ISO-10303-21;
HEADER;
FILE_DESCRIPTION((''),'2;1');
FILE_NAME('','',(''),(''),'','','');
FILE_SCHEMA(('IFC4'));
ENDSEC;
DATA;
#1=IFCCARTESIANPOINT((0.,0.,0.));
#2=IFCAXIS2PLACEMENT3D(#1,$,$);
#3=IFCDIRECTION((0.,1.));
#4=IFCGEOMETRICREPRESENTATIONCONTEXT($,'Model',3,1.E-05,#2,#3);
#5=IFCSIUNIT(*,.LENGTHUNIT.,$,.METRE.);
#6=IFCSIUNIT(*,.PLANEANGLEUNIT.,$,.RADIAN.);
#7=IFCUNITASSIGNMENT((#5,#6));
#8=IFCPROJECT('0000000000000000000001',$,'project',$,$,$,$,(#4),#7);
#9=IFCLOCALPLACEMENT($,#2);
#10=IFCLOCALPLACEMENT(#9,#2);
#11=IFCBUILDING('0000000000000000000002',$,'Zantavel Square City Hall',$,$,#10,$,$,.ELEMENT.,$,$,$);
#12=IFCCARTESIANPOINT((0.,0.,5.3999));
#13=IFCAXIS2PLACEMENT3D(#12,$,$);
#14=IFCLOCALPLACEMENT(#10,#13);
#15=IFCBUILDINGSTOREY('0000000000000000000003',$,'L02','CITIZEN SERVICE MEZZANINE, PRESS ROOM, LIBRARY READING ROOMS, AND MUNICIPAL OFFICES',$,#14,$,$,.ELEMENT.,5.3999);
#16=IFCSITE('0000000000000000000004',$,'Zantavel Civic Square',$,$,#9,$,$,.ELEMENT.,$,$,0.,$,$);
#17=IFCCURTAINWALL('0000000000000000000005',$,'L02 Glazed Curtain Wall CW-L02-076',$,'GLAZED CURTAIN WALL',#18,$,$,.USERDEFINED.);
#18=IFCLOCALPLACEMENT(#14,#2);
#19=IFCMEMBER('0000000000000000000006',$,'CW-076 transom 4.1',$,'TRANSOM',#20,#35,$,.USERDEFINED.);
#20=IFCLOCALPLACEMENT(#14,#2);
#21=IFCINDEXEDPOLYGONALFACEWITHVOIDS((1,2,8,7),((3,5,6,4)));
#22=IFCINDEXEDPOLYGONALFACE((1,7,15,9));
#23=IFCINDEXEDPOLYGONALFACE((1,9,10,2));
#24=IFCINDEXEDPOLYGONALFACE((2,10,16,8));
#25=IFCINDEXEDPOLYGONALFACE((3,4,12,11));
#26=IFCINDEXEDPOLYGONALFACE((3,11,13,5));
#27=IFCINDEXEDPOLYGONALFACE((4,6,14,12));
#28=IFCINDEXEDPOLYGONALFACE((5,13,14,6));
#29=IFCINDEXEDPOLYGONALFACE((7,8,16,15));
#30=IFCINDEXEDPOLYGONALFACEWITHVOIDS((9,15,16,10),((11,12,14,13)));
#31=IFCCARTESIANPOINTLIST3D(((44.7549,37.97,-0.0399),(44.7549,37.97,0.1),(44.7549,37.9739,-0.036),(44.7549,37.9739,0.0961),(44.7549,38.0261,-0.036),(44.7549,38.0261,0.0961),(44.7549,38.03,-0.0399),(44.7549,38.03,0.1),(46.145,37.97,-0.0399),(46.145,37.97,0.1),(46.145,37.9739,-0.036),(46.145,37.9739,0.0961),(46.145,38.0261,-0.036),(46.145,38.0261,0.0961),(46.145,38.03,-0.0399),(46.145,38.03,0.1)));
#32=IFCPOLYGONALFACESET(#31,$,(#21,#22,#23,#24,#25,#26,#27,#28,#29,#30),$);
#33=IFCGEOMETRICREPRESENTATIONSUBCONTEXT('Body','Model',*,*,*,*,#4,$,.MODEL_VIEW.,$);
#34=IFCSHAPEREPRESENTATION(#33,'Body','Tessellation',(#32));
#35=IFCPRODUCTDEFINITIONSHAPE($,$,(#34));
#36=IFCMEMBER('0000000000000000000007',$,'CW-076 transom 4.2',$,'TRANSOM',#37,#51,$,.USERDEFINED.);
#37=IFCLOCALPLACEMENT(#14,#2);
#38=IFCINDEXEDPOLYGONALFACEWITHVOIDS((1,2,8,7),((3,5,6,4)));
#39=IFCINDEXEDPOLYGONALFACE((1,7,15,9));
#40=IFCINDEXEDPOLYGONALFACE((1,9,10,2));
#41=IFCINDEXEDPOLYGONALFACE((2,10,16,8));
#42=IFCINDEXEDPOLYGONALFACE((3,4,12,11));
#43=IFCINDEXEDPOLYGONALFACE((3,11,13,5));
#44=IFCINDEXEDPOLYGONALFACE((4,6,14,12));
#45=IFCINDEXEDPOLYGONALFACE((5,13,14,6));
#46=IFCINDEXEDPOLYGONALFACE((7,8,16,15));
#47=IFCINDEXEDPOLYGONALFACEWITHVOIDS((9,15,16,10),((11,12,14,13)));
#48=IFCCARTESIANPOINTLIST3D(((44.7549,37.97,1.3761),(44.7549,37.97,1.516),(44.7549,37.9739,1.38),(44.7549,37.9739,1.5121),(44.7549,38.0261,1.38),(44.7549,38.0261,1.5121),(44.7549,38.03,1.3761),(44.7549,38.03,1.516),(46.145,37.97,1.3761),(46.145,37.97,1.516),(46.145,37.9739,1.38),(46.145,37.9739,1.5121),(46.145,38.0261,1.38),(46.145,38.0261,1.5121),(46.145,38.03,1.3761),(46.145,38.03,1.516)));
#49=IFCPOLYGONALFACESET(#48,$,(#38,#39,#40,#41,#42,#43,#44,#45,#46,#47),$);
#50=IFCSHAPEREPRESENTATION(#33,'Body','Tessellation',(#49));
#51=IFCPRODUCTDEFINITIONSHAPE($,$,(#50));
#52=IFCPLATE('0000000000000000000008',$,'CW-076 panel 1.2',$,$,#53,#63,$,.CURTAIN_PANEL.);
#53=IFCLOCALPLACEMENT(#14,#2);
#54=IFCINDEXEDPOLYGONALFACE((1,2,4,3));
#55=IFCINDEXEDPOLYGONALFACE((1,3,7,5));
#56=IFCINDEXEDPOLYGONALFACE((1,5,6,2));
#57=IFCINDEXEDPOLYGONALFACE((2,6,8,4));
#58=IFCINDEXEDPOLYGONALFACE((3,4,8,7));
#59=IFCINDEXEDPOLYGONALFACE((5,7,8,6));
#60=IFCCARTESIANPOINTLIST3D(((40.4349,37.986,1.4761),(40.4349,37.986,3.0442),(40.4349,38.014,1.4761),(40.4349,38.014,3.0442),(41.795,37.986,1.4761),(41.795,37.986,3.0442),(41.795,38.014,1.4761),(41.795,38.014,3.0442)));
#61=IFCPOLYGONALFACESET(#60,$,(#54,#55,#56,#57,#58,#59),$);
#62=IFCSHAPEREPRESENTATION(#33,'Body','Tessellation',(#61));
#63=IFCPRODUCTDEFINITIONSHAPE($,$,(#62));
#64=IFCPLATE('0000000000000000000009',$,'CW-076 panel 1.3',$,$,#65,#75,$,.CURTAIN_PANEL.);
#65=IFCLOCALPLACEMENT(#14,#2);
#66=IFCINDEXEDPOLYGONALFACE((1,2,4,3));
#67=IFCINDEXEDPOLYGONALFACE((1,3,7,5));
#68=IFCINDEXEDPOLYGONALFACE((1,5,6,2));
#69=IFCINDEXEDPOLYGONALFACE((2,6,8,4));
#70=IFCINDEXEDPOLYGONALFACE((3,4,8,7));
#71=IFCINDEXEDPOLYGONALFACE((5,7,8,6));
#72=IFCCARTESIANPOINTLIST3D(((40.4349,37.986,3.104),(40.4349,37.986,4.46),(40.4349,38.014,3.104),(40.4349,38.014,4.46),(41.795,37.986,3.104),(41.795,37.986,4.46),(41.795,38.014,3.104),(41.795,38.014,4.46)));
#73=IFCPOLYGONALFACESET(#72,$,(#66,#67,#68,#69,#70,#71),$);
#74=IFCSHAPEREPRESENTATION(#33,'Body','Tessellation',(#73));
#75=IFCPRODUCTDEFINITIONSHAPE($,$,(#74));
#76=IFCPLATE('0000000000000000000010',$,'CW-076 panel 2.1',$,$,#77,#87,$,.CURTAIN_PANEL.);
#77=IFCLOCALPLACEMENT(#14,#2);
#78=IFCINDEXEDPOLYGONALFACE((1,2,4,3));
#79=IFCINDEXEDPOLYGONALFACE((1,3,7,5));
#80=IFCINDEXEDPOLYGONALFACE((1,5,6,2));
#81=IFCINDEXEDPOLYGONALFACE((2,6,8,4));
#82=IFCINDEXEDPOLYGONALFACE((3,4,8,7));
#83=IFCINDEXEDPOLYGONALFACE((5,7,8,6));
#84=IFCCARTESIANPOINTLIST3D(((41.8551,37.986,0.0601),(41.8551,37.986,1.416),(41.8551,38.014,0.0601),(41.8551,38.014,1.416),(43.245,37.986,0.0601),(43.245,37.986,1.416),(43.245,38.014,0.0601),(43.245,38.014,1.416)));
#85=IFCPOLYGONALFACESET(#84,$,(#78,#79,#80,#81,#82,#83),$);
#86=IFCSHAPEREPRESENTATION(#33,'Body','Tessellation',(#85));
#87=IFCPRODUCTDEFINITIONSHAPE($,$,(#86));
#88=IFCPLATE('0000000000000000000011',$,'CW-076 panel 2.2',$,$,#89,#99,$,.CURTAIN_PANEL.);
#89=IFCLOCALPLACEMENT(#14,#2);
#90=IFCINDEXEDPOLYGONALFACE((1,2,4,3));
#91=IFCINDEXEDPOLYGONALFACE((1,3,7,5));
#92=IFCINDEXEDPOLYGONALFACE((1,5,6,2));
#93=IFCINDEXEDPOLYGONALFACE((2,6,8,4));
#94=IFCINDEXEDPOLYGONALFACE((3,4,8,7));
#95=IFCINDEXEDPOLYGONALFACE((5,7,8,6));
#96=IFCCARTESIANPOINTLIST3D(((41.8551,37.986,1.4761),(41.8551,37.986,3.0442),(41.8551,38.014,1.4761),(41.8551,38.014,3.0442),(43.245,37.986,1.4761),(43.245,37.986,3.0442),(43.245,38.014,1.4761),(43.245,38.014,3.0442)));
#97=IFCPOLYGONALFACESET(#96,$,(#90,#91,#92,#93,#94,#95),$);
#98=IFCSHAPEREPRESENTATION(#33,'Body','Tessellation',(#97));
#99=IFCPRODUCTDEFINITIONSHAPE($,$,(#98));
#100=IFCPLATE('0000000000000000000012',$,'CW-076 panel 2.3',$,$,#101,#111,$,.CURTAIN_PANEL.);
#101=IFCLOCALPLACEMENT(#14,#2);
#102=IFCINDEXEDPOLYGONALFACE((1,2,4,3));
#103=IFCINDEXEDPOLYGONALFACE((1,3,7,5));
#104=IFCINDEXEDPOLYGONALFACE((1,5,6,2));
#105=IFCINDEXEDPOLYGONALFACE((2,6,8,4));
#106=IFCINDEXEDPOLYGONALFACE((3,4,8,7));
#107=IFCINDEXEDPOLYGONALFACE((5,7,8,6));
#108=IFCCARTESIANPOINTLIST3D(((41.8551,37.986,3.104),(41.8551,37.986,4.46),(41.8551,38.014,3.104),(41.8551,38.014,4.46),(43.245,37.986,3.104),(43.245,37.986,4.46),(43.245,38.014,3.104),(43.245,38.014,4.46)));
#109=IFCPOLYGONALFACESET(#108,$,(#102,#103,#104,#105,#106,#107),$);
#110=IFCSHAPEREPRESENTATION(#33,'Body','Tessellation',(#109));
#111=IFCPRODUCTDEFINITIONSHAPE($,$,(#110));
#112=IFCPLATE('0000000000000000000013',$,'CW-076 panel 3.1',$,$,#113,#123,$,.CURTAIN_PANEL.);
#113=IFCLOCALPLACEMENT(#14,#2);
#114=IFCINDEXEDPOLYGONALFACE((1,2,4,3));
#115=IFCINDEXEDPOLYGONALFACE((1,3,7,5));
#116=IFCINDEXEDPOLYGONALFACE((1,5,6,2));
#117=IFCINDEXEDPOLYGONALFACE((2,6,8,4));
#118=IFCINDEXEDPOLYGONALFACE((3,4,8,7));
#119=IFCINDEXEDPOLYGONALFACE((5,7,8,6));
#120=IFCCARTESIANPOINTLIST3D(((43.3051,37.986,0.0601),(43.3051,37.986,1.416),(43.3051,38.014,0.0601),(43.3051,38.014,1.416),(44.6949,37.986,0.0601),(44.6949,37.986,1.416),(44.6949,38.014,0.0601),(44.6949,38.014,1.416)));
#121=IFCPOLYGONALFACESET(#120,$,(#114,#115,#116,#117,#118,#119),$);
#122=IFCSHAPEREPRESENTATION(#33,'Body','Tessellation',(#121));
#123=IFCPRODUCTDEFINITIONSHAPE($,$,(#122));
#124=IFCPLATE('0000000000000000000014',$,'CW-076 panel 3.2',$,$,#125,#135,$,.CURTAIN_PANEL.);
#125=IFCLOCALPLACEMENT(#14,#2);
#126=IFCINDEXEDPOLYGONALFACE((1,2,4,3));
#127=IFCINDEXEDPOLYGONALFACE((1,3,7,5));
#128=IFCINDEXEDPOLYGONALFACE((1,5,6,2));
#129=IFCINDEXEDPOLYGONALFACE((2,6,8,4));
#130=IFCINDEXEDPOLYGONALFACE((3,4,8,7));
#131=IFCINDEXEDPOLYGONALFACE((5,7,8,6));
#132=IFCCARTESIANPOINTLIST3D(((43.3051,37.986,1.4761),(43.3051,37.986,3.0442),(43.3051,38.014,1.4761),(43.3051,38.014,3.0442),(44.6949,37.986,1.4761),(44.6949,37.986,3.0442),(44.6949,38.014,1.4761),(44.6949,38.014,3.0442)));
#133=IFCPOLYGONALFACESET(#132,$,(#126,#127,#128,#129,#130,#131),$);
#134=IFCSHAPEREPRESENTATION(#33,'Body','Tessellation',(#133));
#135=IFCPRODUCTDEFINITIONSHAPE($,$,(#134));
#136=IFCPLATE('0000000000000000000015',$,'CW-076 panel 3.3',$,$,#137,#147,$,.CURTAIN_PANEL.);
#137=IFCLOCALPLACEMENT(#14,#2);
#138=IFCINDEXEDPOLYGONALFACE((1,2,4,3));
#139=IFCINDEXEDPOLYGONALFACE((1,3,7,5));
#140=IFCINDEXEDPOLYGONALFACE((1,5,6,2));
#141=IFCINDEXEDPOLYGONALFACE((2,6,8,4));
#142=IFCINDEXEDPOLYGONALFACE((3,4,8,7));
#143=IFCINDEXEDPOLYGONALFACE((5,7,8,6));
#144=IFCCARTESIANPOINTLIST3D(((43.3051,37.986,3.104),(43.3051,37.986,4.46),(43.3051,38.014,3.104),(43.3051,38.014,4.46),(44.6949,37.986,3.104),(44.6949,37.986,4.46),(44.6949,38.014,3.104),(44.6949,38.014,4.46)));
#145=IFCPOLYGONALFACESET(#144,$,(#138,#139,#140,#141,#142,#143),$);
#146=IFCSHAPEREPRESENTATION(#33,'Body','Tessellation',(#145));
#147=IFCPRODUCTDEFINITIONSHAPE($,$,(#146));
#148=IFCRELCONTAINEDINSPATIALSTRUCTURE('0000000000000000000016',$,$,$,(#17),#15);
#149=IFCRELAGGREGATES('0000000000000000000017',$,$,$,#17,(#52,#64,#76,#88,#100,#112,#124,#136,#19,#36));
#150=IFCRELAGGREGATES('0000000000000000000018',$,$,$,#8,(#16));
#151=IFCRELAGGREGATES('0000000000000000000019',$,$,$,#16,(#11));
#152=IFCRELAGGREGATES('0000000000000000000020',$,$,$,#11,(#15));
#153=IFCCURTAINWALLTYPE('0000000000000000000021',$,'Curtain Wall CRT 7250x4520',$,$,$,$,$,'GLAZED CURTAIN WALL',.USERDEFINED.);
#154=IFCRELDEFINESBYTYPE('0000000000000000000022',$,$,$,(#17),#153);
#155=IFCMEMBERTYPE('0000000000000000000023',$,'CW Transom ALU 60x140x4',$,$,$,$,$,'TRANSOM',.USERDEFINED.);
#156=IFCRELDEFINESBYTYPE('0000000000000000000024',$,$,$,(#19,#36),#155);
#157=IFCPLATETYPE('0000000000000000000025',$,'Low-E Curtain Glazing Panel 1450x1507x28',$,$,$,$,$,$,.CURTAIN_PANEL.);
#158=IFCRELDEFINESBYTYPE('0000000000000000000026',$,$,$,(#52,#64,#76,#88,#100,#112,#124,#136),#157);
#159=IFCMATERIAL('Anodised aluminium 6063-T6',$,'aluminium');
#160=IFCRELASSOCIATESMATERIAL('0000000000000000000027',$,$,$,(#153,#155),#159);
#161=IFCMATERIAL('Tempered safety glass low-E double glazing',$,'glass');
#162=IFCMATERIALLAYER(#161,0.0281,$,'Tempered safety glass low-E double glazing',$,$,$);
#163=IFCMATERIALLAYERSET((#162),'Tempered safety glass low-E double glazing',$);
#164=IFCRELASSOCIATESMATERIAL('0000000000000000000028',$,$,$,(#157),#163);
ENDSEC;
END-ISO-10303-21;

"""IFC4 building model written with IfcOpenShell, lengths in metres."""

from ifc_helpers import new_model, si_unit, direction, frame, origin, origin_2d, place, context, subcontext, project, spatial, rectangle, hollow_rectangle, extrude, material, layer, layer_set, material_profile, profile_set, type_object, element, aggregate, save


model = new_model("IFC4")

# Units and contexts
model_context = context("Model", 3, precision=1e-05, world=origin(), true_north=direction((0.0, 1.0)))
body_context = subcontext(model_context, "Body", "Model", "MODEL_VIEW")
ifc_project = project(units=[si_unit("LENGTHUNIT", "METRE"), si_unit("PLANEANGLEUNIT", "RADIAN")], contexts=[model_context])

# Site, building, storey
site_placement = place(None, origin())
site = spatial("IfcSite", under=ifc_project, at=site_placement, Name="Zantavel Civic Square", CompositionType="ELEMENT", RefElevation=0.0)
building_placement = place(site_placement, origin())
building = spatial("IfcBuilding", under=site, at=building_placement, Name="Zantavel Square City Hall", CompositionType="ELEMENT")
storey_placement = place(building_placement, frame((0.0, 0.0, 5.3999)))
storey = spatial("IfcBuildingStorey", under=building, at=storey_placement, Name="L02", Description="CITIZEN SERVICE MEZZANINE, PRESS ROOM, LIBRARY READING ROOMS, AND MUNICIPAL OFFICES", CompositionType="ELEMENT", Elevation=5.3999)

# Curtain wall, members, plates
ifc_material_1 = material(Name="Anodised aluminium 6063-T6", Category="aluminium")
curtain_wall_type = type_object("IfcCurtainWallType", Name="Curtain Wall CRT 7250x4520", ElementType="GLAZED CURTAIN WALL", PredefinedType="USERDEFINED", material=ifc_material_1)
curtain_wall_placement = place(storey_placement, origin())
curtain_wall = element("IfcCurtainWall", 1, at=curtain_wall_placement, inside=storey, type_object=curtain_wall_type, Name="L02 Glazed Curtain Wall CW-L02-076", ObjectType="GLAZED CURTAIN WALL", PredefinedType="USERDEFINED")
ifc_material_profile_1 = material_profile(ifc_material_1, hollow_rectangle(XDim=0.0601, YDim=0.1399, WallThickness=0.0039, at=origin_2d()), Name="ALU 60x140x4")
ifc_profile_set_1 = profile_set([ifc_material_profile_1], Name="Anodised aluminium 6063-T6")
member_type_1 = type_object("IfcMemberType", Name="CW Transom ALU 60x140x4", ElementType="TRANSOM", PredefinedType="USERDEFINED", material=ifc_profile_set_1)
member_1_placement = place(storey_placement, frame((44.7549, 38.0, 0.03), z_axis=(1.0, 0.0, 0.0), x_axis=(0.0, 1.0, 0.0)))
member_1 = element("IfcMember", 2, at=member_1_placement, type_object=member_type_1, Name="CW-076 transom 4.1", ObjectType="TRANSOM", PredefinedType="USERDEFINED", context=body_context, shape_type="SweptSolid", body=[
    extrude(hollow_rectangle(XDim=0.0601, YDim=0.1399, WallThickness=0.0039, at=origin_2d()), origin(), (0.0, 0.0, 1.0), 1.3901),
])
member_2_placement = place(storey_placement, frame((44.7549, 38.0, 1.446), z_axis=(1.0, 0.0, 0.0), x_axis=(0.0, 1.0, 0.0)))
member_2 = element("IfcMember", 3, at=member_2_placement, type_object=member_type_1, Name="CW-076 transom 4.2", ObjectType="TRANSOM", PredefinedType="USERDEFINED", context=body_context, shape_type="SweptSolid", body=[
    extrude(hollow_rectangle(XDim=0.0601, YDim=0.1399, WallThickness=0.0039, at=origin_2d()), origin(), (0.0, 0.0, 1.0), 1.3901),
])
ifc_material_2 = material(Name="Tempered safety glass low-E double glazing", Category="glass")
ifc_layer = layer(ifc_material_2, 0.0281, Name="Tempered safety glass low-E double glazing")
ifc_layer_set = layer_set([ifc_layer], Name="Tempered safety glass low-E double glazing")
plate_type = type_object("IfcPlateType", Name="Low-E Curtain Glazing Panel 1450x1507x28", PredefinedType="CURTAIN_PANEL", material=ifc_layer_set)
plate_1_placement = place(storey_placement, frame((41.115, 38.0, 1.4761), z_axis=(0.0, 0.0, 1.0), x_axis=(1.0, 0.0, 0.0)))
plate_1 = element("IfcPlate", 4, at=plate_1_placement, type_object=plate_type, Name="CW-076 panel 1.2", PredefinedType="CURTAIN_PANEL", context=body_context, shape_type="SweptSolid", body=[
    extrude(rectangle(XDim=1.3601, YDim=0.0281, at=origin_2d()), origin(), (0.0, 0.0, 1.0), 1.5681),
])
plate_2_placement = place(storey_placement, frame((41.115, 38.0, 3.104), z_axis=(0.0, 0.0, 1.0), x_axis=(1.0, 0.0, 0.0)))
plate_2 = element("IfcPlate", 5, at=plate_2_placement, type_object=plate_type, Name="CW-076 panel 1.3", PredefinedType="CURTAIN_PANEL", context=body_context, shape_type="SweptSolid", body=[
    extrude(rectangle(XDim=1.3601, YDim=0.0281, at=origin_2d()), origin(), (0.0, 0.0, 1.0), 1.356),
])
plate_3_placement = place(storey_placement, frame((42.55, 38.0, 0.0601), z_axis=(0.0, 0.0, 1.0), x_axis=(1.0, 0.0, 0.0)))
plate_3 = element("IfcPlate", 6, at=plate_3_placement, type_object=plate_type, Name="CW-076 panel 2.1", PredefinedType="CURTAIN_PANEL", context=body_context, shape_type="SweptSolid", body=[
    extrude(rectangle(XDim=1.3899, YDim=0.0281, at=origin_2d()), origin(), (0.0, 0.0, 1.0), 1.356),
])
plate_4_placement = place(storey_placement, frame((42.55, 38.0, 1.4761), z_axis=(0.0, 0.0, 1.0), x_axis=(1.0, 0.0, 0.0)))
plate_4 = element("IfcPlate", 7, at=plate_4_placement, type_object=plate_type, Name="CW-076 panel 2.2", PredefinedType="CURTAIN_PANEL", context=body_context, shape_type="SweptSolid", body=[
    extrude(rectangle(XDim=1.3899, YDim=0.0281, at=origin_2d()), origin(), (0.0, 0.0, 1.0), 1.5681),
])
plate_5_placement = place(storey_placement, frame((42.55, 38.0, 3.104), z_axis=(0.0, 0.0, 1.0), x_axis=(1.0, 0.0, 0.0)))
plate_5 = element("IfcPlate", 8, at=plate_5_placement, type_object=plate_type, Name="CW-076 panel 2.3", PredefinedType="CURTAIN_PANEL", context=body_context, shape_type="SweptSolid", body=[
    extrude(rectangle(XDim=1.3899, YDim=0.0281, at=origin_2d()), origin(), (0.0, 0.0, 1.0), 1.356),
])
plate_6_placement = place(storey_placement, frame((44.0, 38.0, 0.0601), z_axis=(0.0, 0.0, 1.0), x_axis=(1.0, 0.0, 0.0)))
plate_6 = element("IfcPlate", 9, at=plate_6_placement, type_object=plate_type, Name="CW-076 panel 3.1", PredefinedType="CURTAIN_PANEL", context=body_context, shape_type="SweptSolid", body=[
    extrude(rectangle(XDim=1.3899, YDim=0.0281, at=origin_2d()), origin(), (0.0, 0.0, 1.0), 1.356),
])
plate_7_placement = place(storey_placement, frame((44.0, 38.0, 1.4761), z_axis=(0.0, 0.0, 1.0), x_axis=(1.0, 0.0, 0.0)))
plate_7 = element("IfcPlate", 10, at=plate_7_placement, type_object=plate_type, Name="CW-076 panel 3.2", PredefinedType="CURTAIN_PANEL", context=body_context, shape_type="SweptSolid", body=[
    extrude(rectangle(XDim=1.3899, YDim=0.0281, at=origin_2d()), origin(), (0.0, 0.0, 1.0), 1.5681),
])
plate_8_placement = place(storey_placement, frame((44.0, 38.0, 3.104), z_axis=(0.0, 0.0, 1.0), x_axis=(1.0, 0.0, 0.0)))
plate_8 = element("IfcPlate", 11, at=plate_8_placement, type_object=plate_type, Name="CW-076 panel 3.3", PredefinedType="CURTAIN_PANEL", context=body_context, shape_type="SweptSolid", body=[
    extrude(rectangle(XDim=1.3899, YDim=0.0281, at=origin_2d()), origin(), (0.0, 0.0, 1.0), 1.356),
])
aggregate(curtain_wall, [plate_1, plate_2, plate_3, plate_4, plate_5, plate_6, plate_7, plate_8, member_1, member_2])

save(model, "model.ifc")
